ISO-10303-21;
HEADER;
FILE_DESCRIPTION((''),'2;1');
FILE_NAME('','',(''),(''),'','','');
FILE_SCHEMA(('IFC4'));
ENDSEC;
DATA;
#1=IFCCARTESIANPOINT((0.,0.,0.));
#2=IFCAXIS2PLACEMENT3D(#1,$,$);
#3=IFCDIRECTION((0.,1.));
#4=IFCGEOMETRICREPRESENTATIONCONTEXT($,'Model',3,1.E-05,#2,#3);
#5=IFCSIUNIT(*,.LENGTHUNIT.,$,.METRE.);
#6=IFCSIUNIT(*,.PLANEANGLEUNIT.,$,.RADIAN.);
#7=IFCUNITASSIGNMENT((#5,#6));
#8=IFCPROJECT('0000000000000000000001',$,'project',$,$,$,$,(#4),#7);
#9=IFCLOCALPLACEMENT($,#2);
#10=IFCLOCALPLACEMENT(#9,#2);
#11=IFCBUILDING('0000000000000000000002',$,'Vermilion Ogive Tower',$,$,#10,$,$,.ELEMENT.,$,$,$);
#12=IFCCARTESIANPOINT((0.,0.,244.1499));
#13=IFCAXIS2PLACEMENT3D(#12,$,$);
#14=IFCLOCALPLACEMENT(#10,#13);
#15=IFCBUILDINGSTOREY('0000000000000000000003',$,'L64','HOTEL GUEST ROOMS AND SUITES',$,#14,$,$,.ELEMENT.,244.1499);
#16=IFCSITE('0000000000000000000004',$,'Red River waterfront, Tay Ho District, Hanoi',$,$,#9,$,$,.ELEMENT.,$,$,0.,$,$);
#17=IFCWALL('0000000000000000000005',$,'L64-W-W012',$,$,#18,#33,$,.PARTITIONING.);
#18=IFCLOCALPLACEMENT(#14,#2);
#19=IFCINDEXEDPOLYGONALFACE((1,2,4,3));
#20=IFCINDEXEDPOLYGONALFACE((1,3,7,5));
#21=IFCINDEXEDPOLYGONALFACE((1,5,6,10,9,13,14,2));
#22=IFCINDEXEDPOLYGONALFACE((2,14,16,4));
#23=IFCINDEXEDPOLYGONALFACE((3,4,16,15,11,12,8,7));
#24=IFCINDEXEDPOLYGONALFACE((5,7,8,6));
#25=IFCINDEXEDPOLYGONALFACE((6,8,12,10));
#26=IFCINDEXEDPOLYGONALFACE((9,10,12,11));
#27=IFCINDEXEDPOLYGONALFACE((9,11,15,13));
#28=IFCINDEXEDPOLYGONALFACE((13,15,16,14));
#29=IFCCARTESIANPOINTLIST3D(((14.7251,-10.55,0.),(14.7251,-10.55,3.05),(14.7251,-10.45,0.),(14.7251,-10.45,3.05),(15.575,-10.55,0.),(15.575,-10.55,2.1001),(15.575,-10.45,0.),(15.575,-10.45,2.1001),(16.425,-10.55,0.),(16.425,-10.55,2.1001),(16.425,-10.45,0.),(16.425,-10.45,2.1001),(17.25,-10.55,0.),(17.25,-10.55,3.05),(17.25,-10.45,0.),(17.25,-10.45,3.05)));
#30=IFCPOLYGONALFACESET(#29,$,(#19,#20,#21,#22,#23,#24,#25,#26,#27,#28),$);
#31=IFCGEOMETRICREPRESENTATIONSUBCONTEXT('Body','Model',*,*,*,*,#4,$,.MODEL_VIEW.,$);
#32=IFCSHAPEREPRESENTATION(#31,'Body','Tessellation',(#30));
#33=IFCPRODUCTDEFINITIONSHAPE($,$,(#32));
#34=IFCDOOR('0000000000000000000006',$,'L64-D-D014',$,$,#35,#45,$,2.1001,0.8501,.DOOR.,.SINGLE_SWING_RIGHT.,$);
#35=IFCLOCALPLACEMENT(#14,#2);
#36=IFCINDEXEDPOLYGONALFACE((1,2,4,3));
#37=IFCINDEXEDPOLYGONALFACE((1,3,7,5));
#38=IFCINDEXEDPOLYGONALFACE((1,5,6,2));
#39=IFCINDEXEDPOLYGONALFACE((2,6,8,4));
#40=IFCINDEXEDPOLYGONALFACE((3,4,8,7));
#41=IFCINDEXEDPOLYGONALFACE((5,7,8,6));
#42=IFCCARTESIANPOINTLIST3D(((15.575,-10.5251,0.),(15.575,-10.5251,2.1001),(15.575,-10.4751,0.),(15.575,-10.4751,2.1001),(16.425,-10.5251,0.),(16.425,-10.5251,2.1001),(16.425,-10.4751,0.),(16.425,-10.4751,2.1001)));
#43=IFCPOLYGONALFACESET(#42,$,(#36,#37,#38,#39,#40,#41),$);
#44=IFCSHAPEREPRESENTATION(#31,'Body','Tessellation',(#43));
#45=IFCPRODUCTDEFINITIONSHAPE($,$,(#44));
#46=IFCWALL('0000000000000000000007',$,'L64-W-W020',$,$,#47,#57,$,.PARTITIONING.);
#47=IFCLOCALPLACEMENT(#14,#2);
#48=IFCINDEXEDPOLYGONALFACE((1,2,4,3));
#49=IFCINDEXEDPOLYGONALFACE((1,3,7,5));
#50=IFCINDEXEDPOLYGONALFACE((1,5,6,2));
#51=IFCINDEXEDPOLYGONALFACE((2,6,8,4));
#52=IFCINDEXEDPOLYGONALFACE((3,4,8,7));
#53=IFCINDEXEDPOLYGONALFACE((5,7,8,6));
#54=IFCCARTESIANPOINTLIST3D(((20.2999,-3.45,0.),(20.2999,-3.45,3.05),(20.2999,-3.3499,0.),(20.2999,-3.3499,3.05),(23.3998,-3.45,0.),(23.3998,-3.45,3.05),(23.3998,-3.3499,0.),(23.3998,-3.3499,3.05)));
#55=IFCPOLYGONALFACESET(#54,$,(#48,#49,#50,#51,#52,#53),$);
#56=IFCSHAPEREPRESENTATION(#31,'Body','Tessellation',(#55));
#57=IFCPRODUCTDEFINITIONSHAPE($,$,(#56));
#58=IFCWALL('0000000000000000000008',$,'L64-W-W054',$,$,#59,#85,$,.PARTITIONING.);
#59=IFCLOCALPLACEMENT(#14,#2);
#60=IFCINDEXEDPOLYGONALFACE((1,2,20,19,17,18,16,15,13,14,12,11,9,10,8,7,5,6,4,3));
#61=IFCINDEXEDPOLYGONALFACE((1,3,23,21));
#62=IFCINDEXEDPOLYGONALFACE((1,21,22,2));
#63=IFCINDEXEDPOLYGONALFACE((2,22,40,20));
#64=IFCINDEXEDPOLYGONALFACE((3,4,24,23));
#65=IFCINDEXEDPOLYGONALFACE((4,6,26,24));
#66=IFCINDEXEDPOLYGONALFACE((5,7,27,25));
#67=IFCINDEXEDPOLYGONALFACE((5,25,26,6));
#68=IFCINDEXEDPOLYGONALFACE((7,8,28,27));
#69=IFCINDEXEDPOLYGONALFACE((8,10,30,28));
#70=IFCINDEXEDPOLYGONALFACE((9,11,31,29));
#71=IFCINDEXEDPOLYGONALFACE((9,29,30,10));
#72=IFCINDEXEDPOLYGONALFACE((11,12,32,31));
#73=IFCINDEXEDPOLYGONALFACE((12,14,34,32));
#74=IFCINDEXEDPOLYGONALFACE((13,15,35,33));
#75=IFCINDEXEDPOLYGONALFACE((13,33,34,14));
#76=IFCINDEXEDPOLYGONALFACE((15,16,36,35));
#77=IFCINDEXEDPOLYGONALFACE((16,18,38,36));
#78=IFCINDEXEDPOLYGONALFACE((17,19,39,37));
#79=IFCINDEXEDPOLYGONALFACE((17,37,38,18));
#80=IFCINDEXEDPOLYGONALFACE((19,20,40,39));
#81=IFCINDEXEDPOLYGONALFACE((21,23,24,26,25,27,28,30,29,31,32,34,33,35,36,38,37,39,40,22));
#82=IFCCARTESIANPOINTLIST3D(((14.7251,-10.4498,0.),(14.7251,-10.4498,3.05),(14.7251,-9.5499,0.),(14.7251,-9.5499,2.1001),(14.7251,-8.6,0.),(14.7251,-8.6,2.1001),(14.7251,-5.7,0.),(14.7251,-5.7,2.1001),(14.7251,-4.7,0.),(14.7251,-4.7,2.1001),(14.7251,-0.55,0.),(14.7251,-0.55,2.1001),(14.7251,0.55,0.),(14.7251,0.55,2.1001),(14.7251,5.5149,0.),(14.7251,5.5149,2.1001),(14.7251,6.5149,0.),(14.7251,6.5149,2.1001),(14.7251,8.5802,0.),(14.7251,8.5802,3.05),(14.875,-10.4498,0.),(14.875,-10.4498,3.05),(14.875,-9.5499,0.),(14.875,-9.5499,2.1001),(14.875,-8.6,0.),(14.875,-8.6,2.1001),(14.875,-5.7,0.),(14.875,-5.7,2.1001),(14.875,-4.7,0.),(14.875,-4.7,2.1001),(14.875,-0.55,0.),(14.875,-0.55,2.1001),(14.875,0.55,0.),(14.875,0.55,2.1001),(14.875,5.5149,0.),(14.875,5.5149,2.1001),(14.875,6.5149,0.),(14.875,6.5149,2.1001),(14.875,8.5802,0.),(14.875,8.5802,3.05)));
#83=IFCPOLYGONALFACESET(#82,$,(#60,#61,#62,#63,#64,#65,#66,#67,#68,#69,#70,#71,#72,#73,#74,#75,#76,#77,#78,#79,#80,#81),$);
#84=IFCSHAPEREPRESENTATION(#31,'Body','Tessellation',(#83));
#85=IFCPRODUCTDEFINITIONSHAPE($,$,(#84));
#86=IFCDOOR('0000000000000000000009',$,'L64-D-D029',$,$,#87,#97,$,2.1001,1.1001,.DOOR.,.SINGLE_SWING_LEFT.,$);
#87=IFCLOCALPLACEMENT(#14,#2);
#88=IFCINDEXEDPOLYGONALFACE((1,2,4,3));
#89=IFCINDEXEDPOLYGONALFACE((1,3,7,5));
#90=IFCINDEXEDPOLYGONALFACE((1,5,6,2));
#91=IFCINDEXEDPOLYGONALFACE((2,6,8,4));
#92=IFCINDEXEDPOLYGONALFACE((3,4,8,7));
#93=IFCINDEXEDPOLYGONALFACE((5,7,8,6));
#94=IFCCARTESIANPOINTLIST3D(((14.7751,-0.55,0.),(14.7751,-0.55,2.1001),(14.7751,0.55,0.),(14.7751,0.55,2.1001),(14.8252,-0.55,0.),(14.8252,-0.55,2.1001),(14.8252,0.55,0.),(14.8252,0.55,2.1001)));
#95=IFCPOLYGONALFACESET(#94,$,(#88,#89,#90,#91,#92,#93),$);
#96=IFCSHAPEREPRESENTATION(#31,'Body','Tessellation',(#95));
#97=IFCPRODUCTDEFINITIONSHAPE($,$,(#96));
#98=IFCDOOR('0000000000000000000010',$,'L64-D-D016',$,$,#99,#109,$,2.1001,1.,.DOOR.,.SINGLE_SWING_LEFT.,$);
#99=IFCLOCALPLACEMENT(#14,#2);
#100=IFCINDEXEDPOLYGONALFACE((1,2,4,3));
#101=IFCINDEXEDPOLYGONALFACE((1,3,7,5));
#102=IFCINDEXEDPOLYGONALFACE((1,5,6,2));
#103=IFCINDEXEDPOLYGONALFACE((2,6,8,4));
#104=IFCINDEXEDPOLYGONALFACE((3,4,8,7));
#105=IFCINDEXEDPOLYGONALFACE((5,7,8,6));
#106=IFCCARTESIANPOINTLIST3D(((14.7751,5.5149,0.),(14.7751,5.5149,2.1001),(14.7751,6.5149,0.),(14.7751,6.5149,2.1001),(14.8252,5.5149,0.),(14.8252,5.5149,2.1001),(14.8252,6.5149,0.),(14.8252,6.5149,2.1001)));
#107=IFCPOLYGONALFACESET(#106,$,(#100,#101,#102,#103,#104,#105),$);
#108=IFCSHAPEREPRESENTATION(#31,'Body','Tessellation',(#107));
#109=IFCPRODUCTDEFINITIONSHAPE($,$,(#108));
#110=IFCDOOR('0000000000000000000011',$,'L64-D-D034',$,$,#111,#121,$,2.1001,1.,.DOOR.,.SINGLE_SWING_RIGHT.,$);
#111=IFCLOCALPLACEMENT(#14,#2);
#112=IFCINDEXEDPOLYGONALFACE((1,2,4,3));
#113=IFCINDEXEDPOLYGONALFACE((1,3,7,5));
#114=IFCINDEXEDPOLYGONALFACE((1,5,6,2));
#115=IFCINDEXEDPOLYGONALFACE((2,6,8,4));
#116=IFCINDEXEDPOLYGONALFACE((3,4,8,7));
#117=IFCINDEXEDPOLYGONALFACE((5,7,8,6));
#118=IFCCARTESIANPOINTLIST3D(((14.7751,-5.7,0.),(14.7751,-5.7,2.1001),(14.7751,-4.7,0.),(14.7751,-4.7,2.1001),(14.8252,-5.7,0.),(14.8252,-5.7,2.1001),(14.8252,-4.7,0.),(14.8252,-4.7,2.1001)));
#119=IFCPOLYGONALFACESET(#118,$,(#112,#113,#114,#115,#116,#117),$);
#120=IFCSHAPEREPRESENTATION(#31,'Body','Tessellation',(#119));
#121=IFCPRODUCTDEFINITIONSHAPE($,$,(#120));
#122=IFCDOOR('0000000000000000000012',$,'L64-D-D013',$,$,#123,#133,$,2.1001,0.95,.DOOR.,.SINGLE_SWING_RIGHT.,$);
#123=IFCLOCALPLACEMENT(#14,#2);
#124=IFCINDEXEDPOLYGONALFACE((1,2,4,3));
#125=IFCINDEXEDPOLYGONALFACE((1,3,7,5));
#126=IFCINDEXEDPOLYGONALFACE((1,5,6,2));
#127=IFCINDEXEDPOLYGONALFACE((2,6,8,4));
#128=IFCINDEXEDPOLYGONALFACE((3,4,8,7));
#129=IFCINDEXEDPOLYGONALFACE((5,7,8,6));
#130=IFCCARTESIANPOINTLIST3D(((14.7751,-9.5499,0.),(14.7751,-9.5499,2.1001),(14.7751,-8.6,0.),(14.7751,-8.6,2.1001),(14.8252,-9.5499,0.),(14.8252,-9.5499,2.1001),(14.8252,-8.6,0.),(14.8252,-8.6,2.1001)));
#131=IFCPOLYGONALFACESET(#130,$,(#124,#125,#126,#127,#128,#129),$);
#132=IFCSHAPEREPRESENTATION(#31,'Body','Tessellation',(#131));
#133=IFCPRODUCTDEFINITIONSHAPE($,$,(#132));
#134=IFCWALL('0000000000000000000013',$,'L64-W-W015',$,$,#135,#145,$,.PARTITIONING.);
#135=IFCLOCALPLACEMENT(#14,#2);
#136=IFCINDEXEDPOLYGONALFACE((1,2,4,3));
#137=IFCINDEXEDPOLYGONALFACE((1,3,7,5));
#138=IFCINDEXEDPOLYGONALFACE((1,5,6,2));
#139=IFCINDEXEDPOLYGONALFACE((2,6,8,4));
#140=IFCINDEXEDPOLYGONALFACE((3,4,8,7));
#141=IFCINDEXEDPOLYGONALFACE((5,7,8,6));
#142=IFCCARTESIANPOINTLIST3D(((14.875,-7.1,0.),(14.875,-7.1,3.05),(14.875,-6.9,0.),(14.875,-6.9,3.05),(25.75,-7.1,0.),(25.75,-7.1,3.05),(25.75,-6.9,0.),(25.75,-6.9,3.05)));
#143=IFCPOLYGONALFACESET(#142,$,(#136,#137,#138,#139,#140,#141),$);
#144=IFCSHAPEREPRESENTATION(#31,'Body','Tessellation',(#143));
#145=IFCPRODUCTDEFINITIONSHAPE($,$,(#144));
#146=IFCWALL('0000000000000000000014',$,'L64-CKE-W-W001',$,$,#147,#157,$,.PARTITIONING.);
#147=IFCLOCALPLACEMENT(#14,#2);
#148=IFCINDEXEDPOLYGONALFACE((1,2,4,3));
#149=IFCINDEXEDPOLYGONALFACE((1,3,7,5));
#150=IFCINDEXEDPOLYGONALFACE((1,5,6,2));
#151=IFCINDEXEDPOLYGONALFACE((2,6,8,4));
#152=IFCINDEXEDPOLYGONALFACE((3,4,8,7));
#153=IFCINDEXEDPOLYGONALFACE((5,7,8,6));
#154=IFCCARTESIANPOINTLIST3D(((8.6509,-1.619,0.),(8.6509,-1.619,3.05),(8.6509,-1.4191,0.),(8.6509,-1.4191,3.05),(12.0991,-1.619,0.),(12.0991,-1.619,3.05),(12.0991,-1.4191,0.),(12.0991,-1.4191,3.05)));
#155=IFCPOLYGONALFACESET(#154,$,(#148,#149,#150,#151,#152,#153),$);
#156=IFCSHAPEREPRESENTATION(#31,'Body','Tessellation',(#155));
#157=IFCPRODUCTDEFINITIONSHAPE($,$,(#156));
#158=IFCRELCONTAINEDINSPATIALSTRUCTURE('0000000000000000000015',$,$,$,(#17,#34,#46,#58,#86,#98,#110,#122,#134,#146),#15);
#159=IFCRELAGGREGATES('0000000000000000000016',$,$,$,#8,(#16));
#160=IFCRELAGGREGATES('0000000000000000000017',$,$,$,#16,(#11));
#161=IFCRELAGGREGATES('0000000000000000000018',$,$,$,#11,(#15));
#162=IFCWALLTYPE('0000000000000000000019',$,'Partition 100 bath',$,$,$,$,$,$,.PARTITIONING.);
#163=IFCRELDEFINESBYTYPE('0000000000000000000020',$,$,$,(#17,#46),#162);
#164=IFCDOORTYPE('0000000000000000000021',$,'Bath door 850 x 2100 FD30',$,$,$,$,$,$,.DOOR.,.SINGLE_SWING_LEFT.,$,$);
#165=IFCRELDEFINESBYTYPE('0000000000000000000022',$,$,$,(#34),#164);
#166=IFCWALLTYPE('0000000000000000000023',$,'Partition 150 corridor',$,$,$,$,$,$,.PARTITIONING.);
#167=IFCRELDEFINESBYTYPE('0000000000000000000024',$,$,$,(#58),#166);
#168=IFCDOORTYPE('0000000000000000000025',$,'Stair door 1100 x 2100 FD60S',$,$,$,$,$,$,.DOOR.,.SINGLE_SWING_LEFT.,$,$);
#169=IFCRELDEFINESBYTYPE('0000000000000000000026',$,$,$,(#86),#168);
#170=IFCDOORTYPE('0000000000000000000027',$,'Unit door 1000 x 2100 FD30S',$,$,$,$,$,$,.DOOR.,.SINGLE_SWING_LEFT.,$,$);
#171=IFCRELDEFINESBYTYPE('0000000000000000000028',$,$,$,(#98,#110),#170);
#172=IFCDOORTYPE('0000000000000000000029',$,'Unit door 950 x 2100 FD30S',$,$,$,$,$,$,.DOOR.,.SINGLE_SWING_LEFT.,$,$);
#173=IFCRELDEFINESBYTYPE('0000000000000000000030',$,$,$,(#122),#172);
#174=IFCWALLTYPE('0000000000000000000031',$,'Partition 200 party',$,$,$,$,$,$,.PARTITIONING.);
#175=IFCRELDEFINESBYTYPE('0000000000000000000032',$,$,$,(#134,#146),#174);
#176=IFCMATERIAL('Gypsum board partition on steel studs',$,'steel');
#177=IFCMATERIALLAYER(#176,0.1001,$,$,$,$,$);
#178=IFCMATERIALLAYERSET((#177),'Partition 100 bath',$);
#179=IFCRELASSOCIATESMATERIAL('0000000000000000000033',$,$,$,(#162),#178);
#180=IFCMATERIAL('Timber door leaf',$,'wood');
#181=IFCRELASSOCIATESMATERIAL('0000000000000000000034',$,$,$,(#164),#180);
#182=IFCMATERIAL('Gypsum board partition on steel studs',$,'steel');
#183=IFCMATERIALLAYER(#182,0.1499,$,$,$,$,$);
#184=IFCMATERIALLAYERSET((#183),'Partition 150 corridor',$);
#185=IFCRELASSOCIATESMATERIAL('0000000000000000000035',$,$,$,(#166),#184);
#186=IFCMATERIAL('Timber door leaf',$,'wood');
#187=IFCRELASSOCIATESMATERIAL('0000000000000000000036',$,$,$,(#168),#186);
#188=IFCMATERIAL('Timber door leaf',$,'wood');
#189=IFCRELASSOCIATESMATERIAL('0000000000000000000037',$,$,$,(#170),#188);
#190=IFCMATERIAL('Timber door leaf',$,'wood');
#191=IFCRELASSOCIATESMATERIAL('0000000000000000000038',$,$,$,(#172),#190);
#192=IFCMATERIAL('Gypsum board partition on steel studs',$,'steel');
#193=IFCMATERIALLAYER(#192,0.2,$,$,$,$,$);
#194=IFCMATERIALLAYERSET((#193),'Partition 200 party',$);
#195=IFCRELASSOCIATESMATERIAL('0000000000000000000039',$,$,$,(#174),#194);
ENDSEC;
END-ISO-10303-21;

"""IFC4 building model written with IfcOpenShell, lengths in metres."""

from ifc_helpers import new_model, si_unit, direction, frame, frame_2d, origin, place, context, subcontext, project, spatial, rectangle, extrude, material, layer, layer_set, type_object, element, fill, save


model = new_model("IFC4")

# Units and contexts
model_context = context("Model", 3, precision=1e-05, world=origin(), true_north=direction((0.0, 1.0)))
body_context = subcontext(model_context, "Body", "Model", "MODEL_VIEW")
ifc_project = project(units=[si_unit("LENGTHUNIT", "METRE"), si_unit("PLANEANGLEUNIT", "RADIAN")], contexts=[model_context])

# Site, building, storey
site_placement = place(None, origin())
site = spatial("IfcSite", under=ifc_project, at=site_placement, Name="Red River waterfront, Tay Ho District, Hanoi", CompositionType="ELEMENT", RefElevation=0.0)
building_placement = place(site_placement, origin())
building = spatial("IfcBuilding", under=site, at=building_placement, Name="Vermilion Ogive Tower", CompositionType="ELEMENT")
storey_placement = place(building_placement, frame((0.0, 0.0, 244.1499)))
storey = spatial("IfcBuildingStorey", under=building, at=storey_placement, Name="L64", Description="HOTEL GUEST ROOMS AND SUITES", CompositionType="ELEMENT", Elevation=244.1499)

# Wall, opening, door
ifc_material_1 = material(Name="Gypsum board partition on steel studs", Category="steel")
ifc_layer_1 = layer(ifc_material_1, 0.1001)
ifc_layer_set_1 = layer_set([ifc_layer_1], Name="Partition 100 bath")
wall_type_1 = type_object("IfcWallType", Name="Partition 100 bath", PredefinedType="PARTITIONING", material=ifc_layer_set_1)
wall_1_placement = place(storey_placement, frame((14.7251, -10.5, 0.0), z_axis=(0.0, 0.0, 1.0), x_axis=(1.0, 0.0, 0.0)))
wall_1 = element("IfcWall", 1, at=wall_1_placement, inside=storey, type_object=wall_type_1, Name="L64-W-W012", PredefinedType="PARTITIONING", context=body_context, shape_type="SweptSolid", body=[
    extrude(rectangle(XDim=2.5249, YDim=0.1001, at=frame_2d((1.2625, 0.0))), origin(), (0.0, 0.0, 1.0), 3.05),
])
opening_1_placement = place(wall_1_placement, frame((0.8499, 0.0, 0.0)))
opening_1 = element("IfcOpeningElement", 2, at=opening_1_placement, cuts=wall_1, PredefinedType="OPENING", context=body_context, shape_type="SweptSolid", body=[
    extrude(rectangle(XDim=0.8501, YDim=2.1001, at=frame_2d((0.425, 1.05))), frame((0.0, 0.0601, 0.0), z_axis=(0.0, -1.0, 0.0), x_axis=(1.0, 0.0, 0.0)), (0.0, 0.0, 1.0), 0.1201),
])
ifc_material_2 = material(Name="Timber door leaf", Category="wood")
door_type_1 = type_object("IfcDoorType", Name="Bath door 850 x 2100 FD30", OperationType="SINGLE_SWING_LEFT", PredefinedType="DOOR", material=ifc_material_2)
door_1_placement = place(opening_1_placement, origin())
door_1 = element("IfcDoor", 3, at=door_1_placement, inside=storey, type_object=door_type_1, Name="L64-D-D014", OperationType="SINGLE_SWING_RIGHT", OverallHeight=2.1001, OverallWidth=0.8501, PredefinedType="DOOR", context=body_context, shape_type="SweptSolid", body=[
    extrude(rectangle(XDim=0.8501, YDim=2.1001, at=frame_2d((0.425, 1.05))), frame((0.0, 0.0249, 0.0), z_axis=(0.0, -1.0, 0.0), x_axis=(1.0, 0.0, 0.0)), (0.0, 0.0, 1.0), 0.05),
])
fill(opening_1, door_1)

# Wall
wall_2_placement = place(storey_placement, frame((20.3, -3.3999, 0.0), z_axis=(0.0, 0.0, 1.0), x_axis=(1.0, 0.0, 0.0)))
element("IfcWall", 4, at=wall_2_placement, inside=storey, type_object=wall_type_1, Name="L64-W-W020", PredefinedType="PARTITIONING", context=body_context, shape_type="SweptSolid", body=[
    extrude(rectangle(XDim=3.0999, YDim=0.1001, at=frame_2d((1.5498, 0.0))), origin(), (0.0, 0.0, 1.0), 3.05),
])

# Wall, openings, doors
ifc_material_3 = material(Name="Gypsum board partition on steel studs", Category="steel")
ifc_layer_2 = layer(ifc_material_3, 0.1499)
ifc_layer_set_2 = layer_set([ifc_layer_2], Name="Partition 150 corridor")
wall_type_2 = type_object("IfcWallType", Name="Partition 150 corridor", PredefinedType="PARTITIONING", material=ifc_layer_set_2)
wall_3_placement = place(storey_placement, frame((14.8, -10.45, 0.0), z_axis=(0.0, 0.0, 1.0), x_axis=(0.0, 1.0, 0.0)))
wall_3 = element("IfcWall", 5, at=wall_3_placement, inside=storey, type_object=wall_type_2, Name="L64-W-W054", PredefinedType="PARTITIONING", context=body_context, shape_type="SweptSolid", body=[
    extrude(rectangle(XDim=19.03, YDim=0.1499, at=frame_2d((9.5151, 0.0))), origin(), (0.0, 0.0, 1.0), 3.05),
])
opening_2_placement = place(wall_3_placement, frame((0.8999, 0.0, 0.0)))
opening_2 = element("IfcOpeningElement", 6, at=opening_2_placement, cuts=wall_3, PredefinedType="OPENING", context=body_context, shape_type="SweptSolid", body=[
    extrude(rectangle(XDim=0.95, YDim=2.1001, at=frame_2d((0.4751, 1.05))), frame((0.0, 0.085, 0.0), z_axis=(0.0, -1.0, 0.0), x_axis=(1.0, 0.0, 0.0)), (0.0, 0.0, 1.0), 0.1699),
])
opening_3_placement = place(wall_3_placement, frame((15.9648, 0.0, 0.0)))
opening_3 = element("IfcOpeningElement", 7, at=opening_3_placement, cuts=wall_3, PredefinedType="OPENING", context=body_context, shape_type="SweptSolid", body=[
    extrude(rectangle(XDim=1.0, YDim=2.1001, at=frame_2d((0.5, 1.05))), frame((0.0, 0.085, 0.0), z_axis=(0.0, -1.0, 0.0), x_axis=(1.0, 0.0, 0.0)), (0.0, 0.0, 1.0), 0.1699),
])
opening_4_placement = place(wall_3_placement, frame((9.8999, 0.0, 0.0)))
opening_4 = element("IfcOpeningElement", 8, at=opening_4_placement, cuts=wall_3, PredefinedType="OPENING", context=body_context, shape_type="SweptSolid", body=[
    extrude(rectangle(XDim=1.1001, YDim=2.1001, at=frame_2d((0.55, 1.05))), frame((0.0, 0.085, 0.0), z_axis=(0.0, -1.0, 0.0), x_axis=(1.0, 0.0, 0.0)), (0.0, 0.0, 1.0), 0.1699),
])
opening_5_placement = place(wall_3_placement, frame((4.75, 0.0, 0.0)))
opening_5 = element("IfcOpeningElement", 9, at=opening_5_placement, cuts=wall_3, PredefinedType="OPENING", context=body_context, shape_type="SweptSolid", body=[
    extrude(rectangle(XDim=1.0, YDim=2.1001, at=frame_2d((0.5, 1.05))), frame((0.0, 0.085, 0.0), z_axis=(0.0, -1.0, 0.0), x_axis=(1.0, 0.0, 0.0)), (0.0, 0.0, 1.0), 0.1699),
])
ifc_material_4 = material(Name="Timber door leaf", Category="wood")
door_type_2 = type_object("IfcDoorType", Name="Stair door 1100 x 2100 FD60S", OperationType="SINGLE_SWING_LEFT", PredefinedType="DOOR", material=ifc_material_4)
door_2_placement = place(opening_4_placement, origin())
door_2 = element("IfcDoor", 10, at=door_2_placement, inside=storey, type_object=door_type_2, Name="L64-D-D029", OperationType="SINGLE_SWING_LEFT", OverallHeight=2.1001, OverallWidth=1.1001, PredefinedType="DOOR", context=body_context, shape_type="SweptSolid", body=[
    extrude(rectangle(XDim=1.1001, YDim=2.1001, at=frame_2d((0.55, 1.05))), frame((0.0, 0.0249, 0.0), z_axis=(0.0, -1.0, 0.0), x_axis=(1.0, 0.0, 0.0)), (0.0, 0.0, 1.0), 0.05),
])
fill(opening_4, door_2)
ifc_material_5 = material(Name="Timber door leaf", Category="wood")
door_type_3 = type_object("IfcDoorType", Name="Unit door 1000 x 2100 FD30S", OperationType="SINGLE_SWING_LEFT", PredefinedType="DOOR", material=ifc_material_5)
door_3_placement = place(opening_3_placement, origin())
door_3 = element("IfcDoor", 11, at=door_3_placement, inside=storey, type_object=door_type_3, Name="L64-D-D016", OperationType="SINGLE_SWING_LEFT", OverallHeight=2.1001, OverallWidth=1.0, PredefinedType="DOOR", context=body_context, shape_type="SweptSolid", body=[
    extrude(rectangle(XDim=1.0, YDim=2.1001, at=frame_2d((0.5, 1.05))), frame((0.0, 0.0249, 0.0), z_axis=(0.0, -1.0, 0.0), x_axis=(1.0, 0.0, 0.0)), (0.0, 0.0, 1.0), 0.05),
])
fill(opening_3, door_3)
door_4_placement = place(opening_5_placement, origin())
door_4 = element("IfcDoor", 12, at=door_4_placement, inside=storey, type_object=door_type_3, Name="L64-D-D034", OperationType="SINGLE_SWING_RIGHT", OverallHeight=2.1001, OverallWidth=1.0, PredefinedType="DOOR", context=body_context, shape_type="SweptSolid", body=[
    extrude(rectangle(XDim=1.0, YDim=2.1001, at=frame_2d((0.5, 1.05))), frame((0.0, 0.0249, 0.0), z_axis=(0.0, -1.0, 0.0), x_axis=(1.0, 0.0, 0.0)), (0.0, 0.0, 1.0), 0.05),
])
fill(opening_5, door_4)
ifc_material_6 = material(Name="Timber door leaf", Category="wood")
door_type_4 = type_object("IfcDoorType", Name="Unit door 950 x 2100 FD30S", OperationType="SINGLE_SWING_LEFT", PredefinedType="DOOR", material=ifc_material_6)
door_5_placement = place(opening_2_placement, origin())
door_5 = element("IfcDoor", 13, at=door_5_placement, inside=storey, type_object=door_type_4, Name="L64-D-D013", OperationType="SINGLE_SWING_RIGHT", OverallHeight=2.1001, OverallWidth=0.95, PredefinedType="DOOR", context=body_context, shape_type="SweptSolid", body=[
    extrude(rectangle(XDim=0.95, YDim=2.1001, at=frame_2d((0.4751, 1.05))), frame((0.0, 0.0249, 0.0), z_axis=(0.0, -1.0, 0.0), x_axis=(1.0, 0.0, 0.0)), (0.0, 0.0, 1.0), 0.05),
])
fill(opening_2, door_5)

# Walls
ifc_material_7 = material(Name="Gypsum board partition on steel studs", Category="steel")
ifc_layer_3 = layer(ifc_material_7, 0.2)
ifc_layer_set_3 = layer_set([ifc_layer_3], Name="Partition 200 party")
wall_type_3 = type_object("IfcWallType", Name="Partition 200 party", PredefinedType="PARTITIONING", material=ifc_layer_set_3)
wall_4_placement = place(storey_placement, frame((14.875, -7.0, 0.0), z_axis=(0.0, 0.0, 1.0), x_axis=(1.0, 0.0, 0.0)))
element("IfcWall", 14, at=wall_4_placement, inside=storey, type_object=wall_type_3, Name="L64-W-W015", PredefinedType="PARTITIONING", context=body_context, shape_type="SweptSolid", body=[
    extrude(rectangle(XDim=10.875, YDim=0.2, at=frame_2d((5.4375, 0.0))), origin(), (0.0, 0.0, 1.0), 3.05),
])
wall_5_placement = place(storey_placement, frame((8.6509, -1.519, 0.0), z_axis=(0.0, 0.0, 1.0), x_axis=(1.0, 0.0, 0.0)))
element("IfcWall", 15, at=wall_5_placement, inside=storey, type_object=wall_type_3, Name="L64-CKE-W-W001", PredefinedType="PARTITIONING", context=body_context, shape_type="SweptSolid", body=[
    extrude(rectangle(XDim=3.4482, YDim=0.2, at=frame_2d((1.7241, 0.0))), origin(), (0.0, 0.0, 1.0), 3.05),
])

save(model, "model.ifc")
